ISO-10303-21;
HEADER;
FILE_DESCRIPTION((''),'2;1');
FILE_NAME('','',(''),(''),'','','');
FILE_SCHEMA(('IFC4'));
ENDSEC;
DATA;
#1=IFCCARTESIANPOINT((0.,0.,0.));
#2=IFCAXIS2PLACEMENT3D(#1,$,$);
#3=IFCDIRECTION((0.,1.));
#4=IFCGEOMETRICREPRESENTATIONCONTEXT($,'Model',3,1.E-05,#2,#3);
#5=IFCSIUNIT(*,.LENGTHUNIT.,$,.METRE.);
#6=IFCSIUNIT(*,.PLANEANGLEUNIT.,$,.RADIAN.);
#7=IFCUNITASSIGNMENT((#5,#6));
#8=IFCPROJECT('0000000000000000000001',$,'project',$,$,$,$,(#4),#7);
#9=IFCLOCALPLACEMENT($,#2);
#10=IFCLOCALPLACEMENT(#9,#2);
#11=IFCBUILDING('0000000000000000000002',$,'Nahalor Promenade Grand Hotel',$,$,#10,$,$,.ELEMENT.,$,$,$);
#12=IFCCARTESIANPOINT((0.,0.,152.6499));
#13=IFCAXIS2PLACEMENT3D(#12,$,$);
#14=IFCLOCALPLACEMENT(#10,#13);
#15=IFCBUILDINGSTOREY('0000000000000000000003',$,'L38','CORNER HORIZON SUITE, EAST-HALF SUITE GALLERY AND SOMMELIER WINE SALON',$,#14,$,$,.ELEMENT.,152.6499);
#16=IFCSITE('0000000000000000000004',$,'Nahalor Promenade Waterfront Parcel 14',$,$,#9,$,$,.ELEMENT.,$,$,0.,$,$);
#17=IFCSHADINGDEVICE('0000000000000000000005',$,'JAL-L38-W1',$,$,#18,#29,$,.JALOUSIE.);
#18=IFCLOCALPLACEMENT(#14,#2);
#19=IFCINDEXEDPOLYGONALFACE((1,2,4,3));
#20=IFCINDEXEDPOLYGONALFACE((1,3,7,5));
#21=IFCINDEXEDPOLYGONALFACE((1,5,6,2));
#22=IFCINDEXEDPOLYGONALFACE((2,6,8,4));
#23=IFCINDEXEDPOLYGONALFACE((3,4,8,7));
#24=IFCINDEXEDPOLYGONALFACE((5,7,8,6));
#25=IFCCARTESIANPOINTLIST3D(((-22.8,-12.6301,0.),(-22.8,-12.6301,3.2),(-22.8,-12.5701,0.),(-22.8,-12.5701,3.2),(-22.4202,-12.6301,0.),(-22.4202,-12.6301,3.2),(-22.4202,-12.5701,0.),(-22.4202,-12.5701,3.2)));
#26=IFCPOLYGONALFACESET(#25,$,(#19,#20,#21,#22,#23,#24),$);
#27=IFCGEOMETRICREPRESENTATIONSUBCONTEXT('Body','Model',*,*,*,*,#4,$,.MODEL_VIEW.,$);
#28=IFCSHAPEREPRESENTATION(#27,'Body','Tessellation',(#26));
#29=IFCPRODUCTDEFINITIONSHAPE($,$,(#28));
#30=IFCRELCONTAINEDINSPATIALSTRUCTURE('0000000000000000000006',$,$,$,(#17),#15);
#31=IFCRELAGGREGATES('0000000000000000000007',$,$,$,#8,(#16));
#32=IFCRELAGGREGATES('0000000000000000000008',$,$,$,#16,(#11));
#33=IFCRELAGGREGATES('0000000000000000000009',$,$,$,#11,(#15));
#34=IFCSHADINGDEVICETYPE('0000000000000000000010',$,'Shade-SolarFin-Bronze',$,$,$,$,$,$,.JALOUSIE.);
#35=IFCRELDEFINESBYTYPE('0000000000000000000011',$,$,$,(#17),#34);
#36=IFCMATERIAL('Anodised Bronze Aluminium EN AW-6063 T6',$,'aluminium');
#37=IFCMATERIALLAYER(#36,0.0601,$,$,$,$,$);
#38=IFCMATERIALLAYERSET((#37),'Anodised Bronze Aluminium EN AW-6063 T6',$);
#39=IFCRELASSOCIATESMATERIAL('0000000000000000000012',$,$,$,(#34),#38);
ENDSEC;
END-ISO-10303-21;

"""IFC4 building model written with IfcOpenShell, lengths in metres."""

from ifc_helpers import new_model, si_unit, direction, frame, origin, origin_2d, place, context, subcontext, project, spatial, rectangle, extrude, source, transform, mapped, material, layer, layer_set, type_object, element, save


model = new_model("IFC4")

# Units and contexts
model_context = context("Model", 3, precision=1e-05, world=origin(), true_north=direction((0.0, 1.0)))
body_context = subcontext(model_context, "Body", "Model", "MODEL_VIEW")
ifc_project = project(units=[si_unit("LENGTHUNIT", "METRE"), si_unit("PLANEANGLEUNIT", "RADIAN")], contexts=[model_context])

# Site, building, storey
site_placement = place(None, origin())
site = spatial("IfcSite", under=ifc_project, at=site_placement, Name="Nahalor Promenade Waterfront Parcel 14", CompositionType="ELEMENT", RefElevation=0.0)
building_placement = place(site_placement, origin())
building = spatial("IfcBuilding", under=site, at=building_placement, Name="Nahalor Promenade Grand Hotel", CompositionType="ELEMENT")
storey_placement = place(building_placement, frame((0.0, 0.0, 152.6499)))
storey = spatial("IfcBuildingStorey", under=building, at=storey_placement, Name="L38", Description="CORNER HORIZON SUITE, EAST-HALF SUITE GALLERY AND SOMMELIER WINE SALON", CompositionType="ELEMENT", Elevation=152.6499)

# Shared definitions
ifc_material_1 = material(Name="Anodised Bronze Aluminium EN AW-6063 T6", Category="aluminium")

# Shading device
ifc_layer_1 = layer(ifc_material_1, 0.0601)
ifc_layer_set_1 = layer_set([ifc_layer_1], Name="Anodised Bronze Aluminium EN AW-6063 T6")
shading_device_type = type_object("IfcShadingDeviceType", Name="Shade-SolarFin-Bronze", PredefinedType="JALOUSIE", material=ifc_layer_set_1)
shared_shape_1 = source(origin(), body_context, "Body", "SweptSolid", [
    extrude(rectangle(XDim=0.3799, YDim=0.0601, at=origin_2d()), origin(), (0.0, 0.0, 1.0), 3.2),
])
shading_device_placement = place(storey_placement, frame((-22.6101, -12.6001, 0.0), z_axis=(0.0, 0.0, 1.0), x_axis=(1.0, 0.0, 0.0)))
element("IfcShadingDevice", 1, at=shading_device_placement, inside=storey, type_object=shading_device_type, Name="JAL-L38-W1", PredefinedType="JALOUSIE", context=body_context, shape_type="MappedRepresentation", body=[
    mapped(shared_shape_1, transform((0.0, 0.0, 0.0), scale=1.0)),
])

save(model, "model.ifc")
